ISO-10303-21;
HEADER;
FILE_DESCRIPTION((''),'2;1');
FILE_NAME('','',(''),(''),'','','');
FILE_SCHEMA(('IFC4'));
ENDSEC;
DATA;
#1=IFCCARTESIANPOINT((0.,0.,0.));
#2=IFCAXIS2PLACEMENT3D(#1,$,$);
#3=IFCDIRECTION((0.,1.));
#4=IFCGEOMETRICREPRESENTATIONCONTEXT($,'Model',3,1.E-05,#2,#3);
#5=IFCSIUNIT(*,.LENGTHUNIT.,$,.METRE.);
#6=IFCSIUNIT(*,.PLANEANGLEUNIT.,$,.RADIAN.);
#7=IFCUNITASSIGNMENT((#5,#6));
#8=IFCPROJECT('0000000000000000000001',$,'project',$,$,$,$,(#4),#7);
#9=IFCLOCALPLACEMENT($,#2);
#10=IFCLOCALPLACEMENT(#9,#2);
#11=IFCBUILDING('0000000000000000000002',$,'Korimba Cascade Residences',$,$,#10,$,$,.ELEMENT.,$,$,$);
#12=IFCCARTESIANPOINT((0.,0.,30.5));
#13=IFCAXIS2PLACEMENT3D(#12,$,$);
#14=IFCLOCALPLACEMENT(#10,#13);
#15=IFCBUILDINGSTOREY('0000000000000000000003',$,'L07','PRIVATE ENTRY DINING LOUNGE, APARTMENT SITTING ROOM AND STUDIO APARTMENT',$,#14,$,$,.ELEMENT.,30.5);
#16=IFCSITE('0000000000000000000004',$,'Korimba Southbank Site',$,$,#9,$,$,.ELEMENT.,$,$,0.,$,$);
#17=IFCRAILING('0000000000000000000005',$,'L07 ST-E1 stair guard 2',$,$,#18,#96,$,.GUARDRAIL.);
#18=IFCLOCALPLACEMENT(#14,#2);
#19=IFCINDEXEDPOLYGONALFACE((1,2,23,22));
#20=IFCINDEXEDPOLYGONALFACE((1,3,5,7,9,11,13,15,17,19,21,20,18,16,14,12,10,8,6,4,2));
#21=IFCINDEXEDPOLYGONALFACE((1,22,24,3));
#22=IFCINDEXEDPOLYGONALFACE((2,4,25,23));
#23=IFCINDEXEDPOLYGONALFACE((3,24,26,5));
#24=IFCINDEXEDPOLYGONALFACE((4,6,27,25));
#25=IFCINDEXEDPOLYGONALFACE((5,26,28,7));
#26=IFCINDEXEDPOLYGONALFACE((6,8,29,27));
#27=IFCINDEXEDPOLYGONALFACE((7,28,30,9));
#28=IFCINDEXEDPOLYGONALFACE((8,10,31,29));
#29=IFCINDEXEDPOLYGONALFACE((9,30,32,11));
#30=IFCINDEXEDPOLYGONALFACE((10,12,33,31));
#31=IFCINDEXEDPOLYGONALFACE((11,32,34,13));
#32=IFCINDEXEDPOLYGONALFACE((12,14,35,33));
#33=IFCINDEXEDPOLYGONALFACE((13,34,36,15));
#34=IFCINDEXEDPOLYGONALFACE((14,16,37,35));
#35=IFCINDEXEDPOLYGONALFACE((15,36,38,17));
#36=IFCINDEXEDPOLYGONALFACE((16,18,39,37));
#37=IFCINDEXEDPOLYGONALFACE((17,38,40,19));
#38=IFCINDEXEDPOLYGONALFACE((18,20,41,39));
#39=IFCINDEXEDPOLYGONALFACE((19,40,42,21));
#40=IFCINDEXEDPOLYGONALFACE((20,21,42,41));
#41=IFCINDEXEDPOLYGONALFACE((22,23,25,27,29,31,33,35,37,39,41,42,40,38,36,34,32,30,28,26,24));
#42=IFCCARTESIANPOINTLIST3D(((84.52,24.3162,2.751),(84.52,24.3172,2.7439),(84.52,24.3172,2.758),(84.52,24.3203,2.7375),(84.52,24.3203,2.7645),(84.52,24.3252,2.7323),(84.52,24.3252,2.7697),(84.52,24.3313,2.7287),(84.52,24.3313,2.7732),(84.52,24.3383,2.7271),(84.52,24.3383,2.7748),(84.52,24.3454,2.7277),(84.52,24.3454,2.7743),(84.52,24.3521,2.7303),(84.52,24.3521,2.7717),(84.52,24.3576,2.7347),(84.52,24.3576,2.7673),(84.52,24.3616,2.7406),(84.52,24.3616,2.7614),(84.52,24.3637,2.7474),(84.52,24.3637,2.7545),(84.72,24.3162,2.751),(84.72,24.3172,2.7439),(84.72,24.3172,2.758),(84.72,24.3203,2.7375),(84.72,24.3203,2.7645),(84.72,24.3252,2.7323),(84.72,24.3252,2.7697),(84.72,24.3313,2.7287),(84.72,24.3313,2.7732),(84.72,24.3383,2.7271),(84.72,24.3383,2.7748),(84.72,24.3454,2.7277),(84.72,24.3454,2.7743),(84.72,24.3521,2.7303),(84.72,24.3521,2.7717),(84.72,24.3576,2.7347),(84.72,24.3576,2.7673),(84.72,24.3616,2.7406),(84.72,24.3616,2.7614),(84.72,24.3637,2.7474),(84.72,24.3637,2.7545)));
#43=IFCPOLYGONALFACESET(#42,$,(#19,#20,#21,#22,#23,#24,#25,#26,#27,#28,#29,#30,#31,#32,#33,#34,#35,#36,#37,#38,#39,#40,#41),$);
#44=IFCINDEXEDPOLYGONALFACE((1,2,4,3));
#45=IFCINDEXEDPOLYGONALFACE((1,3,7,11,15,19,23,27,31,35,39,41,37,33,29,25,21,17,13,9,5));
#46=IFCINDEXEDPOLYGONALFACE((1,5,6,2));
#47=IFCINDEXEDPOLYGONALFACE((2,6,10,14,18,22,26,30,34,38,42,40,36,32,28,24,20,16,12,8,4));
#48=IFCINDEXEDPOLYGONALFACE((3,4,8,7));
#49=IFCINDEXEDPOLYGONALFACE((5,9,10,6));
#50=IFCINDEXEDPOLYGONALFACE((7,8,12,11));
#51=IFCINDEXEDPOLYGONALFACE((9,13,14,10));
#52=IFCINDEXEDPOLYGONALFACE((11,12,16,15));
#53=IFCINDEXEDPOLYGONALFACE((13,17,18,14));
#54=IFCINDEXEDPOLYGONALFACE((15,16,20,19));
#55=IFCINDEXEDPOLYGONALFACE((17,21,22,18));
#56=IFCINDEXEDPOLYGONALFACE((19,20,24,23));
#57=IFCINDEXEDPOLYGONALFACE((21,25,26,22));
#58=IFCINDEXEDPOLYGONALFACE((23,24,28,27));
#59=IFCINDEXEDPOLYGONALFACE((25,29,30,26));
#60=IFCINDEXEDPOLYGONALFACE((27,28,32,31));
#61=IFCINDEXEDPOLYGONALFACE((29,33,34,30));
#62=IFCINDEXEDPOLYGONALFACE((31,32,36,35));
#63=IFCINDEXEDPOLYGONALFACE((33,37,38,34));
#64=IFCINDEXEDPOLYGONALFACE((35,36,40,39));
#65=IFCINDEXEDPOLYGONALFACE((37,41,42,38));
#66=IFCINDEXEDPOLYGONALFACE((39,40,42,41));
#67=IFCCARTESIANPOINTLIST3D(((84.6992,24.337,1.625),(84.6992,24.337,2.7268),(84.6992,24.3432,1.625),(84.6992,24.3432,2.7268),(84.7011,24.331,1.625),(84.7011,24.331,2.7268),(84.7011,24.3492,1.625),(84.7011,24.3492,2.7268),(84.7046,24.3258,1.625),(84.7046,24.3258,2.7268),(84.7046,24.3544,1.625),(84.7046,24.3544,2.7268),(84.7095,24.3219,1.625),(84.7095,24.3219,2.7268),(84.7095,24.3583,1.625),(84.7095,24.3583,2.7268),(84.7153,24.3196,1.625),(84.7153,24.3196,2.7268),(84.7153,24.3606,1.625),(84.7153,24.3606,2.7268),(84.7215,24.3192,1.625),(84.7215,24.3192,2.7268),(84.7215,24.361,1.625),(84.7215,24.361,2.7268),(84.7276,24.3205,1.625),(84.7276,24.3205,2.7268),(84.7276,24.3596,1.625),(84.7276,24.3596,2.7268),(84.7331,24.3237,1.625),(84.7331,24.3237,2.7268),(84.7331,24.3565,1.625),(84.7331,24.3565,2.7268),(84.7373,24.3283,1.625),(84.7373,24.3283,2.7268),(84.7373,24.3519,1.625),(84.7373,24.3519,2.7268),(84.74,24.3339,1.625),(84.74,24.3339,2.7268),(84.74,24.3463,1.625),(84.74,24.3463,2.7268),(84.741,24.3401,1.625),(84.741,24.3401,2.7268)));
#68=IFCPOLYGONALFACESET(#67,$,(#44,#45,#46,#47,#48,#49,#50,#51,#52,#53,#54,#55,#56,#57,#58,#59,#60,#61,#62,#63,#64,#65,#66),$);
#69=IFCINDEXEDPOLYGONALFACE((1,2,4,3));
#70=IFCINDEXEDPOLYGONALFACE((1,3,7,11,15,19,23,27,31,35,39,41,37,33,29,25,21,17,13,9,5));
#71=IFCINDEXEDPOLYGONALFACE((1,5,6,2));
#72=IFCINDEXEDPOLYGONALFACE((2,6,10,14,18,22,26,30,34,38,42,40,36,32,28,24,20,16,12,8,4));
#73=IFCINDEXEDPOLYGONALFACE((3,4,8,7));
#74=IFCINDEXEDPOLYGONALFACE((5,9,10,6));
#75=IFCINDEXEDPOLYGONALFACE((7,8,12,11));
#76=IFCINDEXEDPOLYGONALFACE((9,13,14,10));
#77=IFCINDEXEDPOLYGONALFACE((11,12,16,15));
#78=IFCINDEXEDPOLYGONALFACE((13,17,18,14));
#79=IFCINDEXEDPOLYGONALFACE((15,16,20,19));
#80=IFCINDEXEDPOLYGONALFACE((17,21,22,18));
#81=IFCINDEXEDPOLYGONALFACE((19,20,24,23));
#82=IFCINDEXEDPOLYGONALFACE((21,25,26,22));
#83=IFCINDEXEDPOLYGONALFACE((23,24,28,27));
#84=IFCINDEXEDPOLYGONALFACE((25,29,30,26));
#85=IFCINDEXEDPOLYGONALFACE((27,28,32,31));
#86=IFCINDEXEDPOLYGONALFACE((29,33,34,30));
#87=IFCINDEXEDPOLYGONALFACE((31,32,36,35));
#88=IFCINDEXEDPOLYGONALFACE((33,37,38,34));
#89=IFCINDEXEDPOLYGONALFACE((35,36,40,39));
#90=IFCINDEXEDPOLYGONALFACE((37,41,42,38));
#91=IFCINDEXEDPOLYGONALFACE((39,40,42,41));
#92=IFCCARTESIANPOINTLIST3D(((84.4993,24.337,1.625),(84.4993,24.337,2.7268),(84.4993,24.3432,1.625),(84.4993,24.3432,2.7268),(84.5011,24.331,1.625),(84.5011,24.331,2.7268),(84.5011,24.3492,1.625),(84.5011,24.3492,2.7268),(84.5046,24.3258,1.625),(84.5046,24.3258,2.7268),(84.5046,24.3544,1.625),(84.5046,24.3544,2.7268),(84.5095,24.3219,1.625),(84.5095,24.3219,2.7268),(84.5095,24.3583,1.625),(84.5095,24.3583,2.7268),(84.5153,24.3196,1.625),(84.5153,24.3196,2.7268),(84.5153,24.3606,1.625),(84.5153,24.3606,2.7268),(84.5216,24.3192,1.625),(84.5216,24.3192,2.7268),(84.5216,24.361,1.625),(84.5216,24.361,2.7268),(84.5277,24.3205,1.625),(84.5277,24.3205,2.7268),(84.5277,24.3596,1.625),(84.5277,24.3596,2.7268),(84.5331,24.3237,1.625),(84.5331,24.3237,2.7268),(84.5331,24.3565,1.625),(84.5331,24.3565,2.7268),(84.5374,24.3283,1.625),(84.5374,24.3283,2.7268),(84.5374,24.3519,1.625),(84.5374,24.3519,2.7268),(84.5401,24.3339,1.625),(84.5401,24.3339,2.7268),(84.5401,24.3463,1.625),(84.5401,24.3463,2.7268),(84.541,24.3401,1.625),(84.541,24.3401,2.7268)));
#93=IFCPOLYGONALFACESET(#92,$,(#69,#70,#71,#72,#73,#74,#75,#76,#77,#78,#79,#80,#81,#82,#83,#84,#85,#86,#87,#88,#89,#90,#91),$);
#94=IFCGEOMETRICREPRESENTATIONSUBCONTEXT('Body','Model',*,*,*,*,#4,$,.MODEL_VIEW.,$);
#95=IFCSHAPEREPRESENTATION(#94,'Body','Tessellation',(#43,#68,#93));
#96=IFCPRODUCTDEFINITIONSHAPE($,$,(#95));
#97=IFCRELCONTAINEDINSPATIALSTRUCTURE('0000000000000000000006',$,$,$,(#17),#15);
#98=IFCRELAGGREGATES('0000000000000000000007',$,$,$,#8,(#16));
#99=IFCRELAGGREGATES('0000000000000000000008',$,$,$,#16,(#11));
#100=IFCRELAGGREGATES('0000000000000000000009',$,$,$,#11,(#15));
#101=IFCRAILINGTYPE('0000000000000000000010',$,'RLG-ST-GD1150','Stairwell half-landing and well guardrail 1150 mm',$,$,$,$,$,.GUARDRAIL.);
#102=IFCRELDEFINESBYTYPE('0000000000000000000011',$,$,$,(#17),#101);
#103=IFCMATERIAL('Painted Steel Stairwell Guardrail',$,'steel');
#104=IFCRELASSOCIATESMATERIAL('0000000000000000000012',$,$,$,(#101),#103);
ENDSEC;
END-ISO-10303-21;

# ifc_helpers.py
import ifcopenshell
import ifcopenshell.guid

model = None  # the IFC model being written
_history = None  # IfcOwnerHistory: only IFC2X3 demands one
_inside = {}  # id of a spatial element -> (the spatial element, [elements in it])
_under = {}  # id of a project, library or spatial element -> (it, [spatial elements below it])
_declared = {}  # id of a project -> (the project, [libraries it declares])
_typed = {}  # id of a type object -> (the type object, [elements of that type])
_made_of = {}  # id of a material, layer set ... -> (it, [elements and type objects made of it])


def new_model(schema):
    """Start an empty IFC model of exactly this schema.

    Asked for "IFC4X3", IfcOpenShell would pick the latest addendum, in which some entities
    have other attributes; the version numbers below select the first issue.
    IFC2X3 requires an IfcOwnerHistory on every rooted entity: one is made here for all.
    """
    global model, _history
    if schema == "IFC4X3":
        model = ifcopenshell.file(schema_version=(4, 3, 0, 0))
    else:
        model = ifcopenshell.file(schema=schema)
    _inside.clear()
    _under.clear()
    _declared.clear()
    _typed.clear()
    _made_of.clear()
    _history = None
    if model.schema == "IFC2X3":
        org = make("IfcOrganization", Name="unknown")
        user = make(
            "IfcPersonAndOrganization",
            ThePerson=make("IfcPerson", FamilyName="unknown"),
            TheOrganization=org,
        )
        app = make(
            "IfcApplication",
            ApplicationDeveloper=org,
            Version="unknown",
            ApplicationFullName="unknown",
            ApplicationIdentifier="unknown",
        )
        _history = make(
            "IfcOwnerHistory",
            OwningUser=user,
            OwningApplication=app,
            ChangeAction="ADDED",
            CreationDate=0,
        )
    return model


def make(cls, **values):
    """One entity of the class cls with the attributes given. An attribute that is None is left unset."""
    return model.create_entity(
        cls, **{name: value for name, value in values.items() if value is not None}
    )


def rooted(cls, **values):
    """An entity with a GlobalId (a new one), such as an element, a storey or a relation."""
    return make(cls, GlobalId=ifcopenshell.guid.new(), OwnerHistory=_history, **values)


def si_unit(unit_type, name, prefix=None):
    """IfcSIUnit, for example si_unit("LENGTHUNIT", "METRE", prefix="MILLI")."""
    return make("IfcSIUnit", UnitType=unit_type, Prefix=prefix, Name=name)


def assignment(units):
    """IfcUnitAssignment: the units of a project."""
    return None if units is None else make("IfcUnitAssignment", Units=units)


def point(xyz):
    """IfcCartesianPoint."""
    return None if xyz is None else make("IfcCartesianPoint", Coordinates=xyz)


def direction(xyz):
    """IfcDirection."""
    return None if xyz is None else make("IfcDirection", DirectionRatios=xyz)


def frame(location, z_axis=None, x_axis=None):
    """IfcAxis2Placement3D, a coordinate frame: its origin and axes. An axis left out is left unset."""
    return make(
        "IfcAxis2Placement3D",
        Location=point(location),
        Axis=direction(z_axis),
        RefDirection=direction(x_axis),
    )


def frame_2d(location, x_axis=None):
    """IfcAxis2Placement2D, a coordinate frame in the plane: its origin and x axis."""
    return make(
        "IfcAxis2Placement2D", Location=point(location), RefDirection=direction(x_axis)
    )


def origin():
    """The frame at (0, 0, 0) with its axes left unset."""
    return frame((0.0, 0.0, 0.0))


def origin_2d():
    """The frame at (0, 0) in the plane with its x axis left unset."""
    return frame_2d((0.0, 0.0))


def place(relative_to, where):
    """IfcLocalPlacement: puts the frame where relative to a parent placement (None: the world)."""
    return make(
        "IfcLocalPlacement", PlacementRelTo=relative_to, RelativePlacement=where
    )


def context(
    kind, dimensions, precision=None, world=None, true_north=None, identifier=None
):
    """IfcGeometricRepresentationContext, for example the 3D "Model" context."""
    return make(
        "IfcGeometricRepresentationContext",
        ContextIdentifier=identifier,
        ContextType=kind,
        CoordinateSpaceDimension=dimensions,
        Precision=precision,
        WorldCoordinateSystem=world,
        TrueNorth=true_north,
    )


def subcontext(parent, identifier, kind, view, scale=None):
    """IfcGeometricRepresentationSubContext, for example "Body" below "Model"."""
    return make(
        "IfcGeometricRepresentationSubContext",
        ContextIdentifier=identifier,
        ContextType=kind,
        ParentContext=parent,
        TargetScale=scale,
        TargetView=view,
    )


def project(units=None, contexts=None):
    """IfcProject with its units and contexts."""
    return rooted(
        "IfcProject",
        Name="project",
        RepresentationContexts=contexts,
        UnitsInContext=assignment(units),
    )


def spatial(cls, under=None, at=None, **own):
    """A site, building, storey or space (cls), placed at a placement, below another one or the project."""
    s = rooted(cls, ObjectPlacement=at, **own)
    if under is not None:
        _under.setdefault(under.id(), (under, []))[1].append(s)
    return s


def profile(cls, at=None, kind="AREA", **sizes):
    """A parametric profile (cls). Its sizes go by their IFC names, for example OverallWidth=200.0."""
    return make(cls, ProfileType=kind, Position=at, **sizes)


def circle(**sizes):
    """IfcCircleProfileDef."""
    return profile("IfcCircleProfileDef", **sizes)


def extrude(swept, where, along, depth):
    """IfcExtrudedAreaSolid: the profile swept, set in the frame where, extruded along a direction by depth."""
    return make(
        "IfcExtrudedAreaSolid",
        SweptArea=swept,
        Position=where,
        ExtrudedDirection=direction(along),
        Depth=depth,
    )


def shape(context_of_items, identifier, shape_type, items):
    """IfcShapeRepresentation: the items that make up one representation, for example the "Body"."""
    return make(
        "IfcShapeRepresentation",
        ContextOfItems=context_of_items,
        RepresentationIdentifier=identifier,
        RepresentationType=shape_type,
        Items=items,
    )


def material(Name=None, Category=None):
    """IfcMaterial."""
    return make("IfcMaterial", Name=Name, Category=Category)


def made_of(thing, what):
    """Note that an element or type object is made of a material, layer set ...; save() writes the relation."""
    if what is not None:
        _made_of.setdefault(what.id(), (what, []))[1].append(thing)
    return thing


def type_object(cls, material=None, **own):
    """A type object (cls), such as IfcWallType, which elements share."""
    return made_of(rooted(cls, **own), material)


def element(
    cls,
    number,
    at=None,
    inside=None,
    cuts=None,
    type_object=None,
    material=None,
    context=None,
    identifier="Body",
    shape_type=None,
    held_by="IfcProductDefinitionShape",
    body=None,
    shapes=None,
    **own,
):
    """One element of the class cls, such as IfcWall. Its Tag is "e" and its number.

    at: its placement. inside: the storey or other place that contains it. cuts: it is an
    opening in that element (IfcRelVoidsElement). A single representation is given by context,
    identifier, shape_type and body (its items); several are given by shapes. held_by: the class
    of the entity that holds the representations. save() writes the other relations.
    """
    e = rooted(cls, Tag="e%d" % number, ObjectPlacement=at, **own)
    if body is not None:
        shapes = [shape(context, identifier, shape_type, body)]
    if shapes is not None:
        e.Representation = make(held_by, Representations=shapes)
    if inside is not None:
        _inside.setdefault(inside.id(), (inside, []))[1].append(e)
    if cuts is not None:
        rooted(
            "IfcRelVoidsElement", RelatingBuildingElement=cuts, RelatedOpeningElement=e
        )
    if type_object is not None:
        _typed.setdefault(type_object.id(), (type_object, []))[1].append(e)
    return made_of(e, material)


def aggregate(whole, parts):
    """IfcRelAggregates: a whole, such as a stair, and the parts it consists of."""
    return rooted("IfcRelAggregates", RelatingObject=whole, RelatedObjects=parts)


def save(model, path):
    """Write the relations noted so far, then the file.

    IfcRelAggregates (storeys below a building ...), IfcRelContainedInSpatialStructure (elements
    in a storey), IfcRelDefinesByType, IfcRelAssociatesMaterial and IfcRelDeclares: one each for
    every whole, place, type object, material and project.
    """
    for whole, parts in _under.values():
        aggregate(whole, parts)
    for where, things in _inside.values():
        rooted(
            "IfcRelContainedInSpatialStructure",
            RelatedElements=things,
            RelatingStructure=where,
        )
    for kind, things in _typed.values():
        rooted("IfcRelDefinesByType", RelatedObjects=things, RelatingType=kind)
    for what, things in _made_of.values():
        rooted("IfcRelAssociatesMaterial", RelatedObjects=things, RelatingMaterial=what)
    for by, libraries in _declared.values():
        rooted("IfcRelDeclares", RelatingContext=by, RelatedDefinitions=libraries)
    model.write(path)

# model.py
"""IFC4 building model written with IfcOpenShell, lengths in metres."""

from ifc_helpers import new_model, si_unit, direction, frame, origin, origin_2d, place, context, subcontext, project, spatial, circle, extrude, material, type_object, element, save


model = new_model("IFC4")

# Units and contexts
model_context = context("Model", 3, precision=1e-05, world=origin(), true_north=direction((0.0, 1.0)))
body_context = subcontext(model_context, "Body", "Model", "MODEL_VIEW")
ifc_project = project(units=[si_unit("LENGTHUNIT", "METRE"), si_unit("PLANEANGLEUNIT", "RADIAN")], contexts=[model_context])

# Site, building, storey
site_placement = place(None, origin())
site = spatial("IfcSite", under=ifc_project, at=site_placement, Name="Korimba Southbank Site", CompositionType="ELEMENT", RefElevation=0.0)
building_placement = place(site_placement, origin())
building = spatial("IfcBuilding", under=site, at=building_placement, Name="Korimba Cascade Residences", CompositionType="ELEMENT")
storey_placement = place(building_placement, frame((0.0, 0.0, 30.5)))
storey = spatial("IfcBuildingStorey", under=building, at=storey_placement, Name="L07", Description="PRIVATE ENTRY DINING LOUNGE, APARTMENT SITTING ROOM AND STUDIO APARTMENT", CompositionType="ELEMENT", Elevation=30.5)

# Railing
ifc_material_1 = material(Name="Painted Steel Stairwell Guardrail", Category="steel")
railing_type_1 = type_object("IfcRailingType", Name="RLG-ST-GD1150", Description="Stairwell half-landing and well guardrail 1150 mm", PredefinedType="GUARDRAIL", material=ifc_material_1)
railing_1_placement = place(storey_placement, frame((84.72, 24.3401, 1.625)))
element("IfcRailing", 1, at=railing_1_placement, inside=storey, type_object=railing_type_1, Name="L07 ST-E1 stair guard 2", PredefinedType="GUARDRAIL", context=body_context, shape_type="SweptSolid", body=[
    extrude(circle(Radius=0.0239, at=origin_2d()), frame((0.0, 0.0, 1.126), z_axis=(-1.0, 0.0, 0.0), x_axis=(0.0, -1.0, 0.0)), (0.0, 0.0, 1.0), 0.2),
    extrude(circle(Radius=0.021, at=origin_2d()), origin(), (0.0, 0.0, 1.0), 1.1018),
    extrude(circle(Radius=0.021, at=origin_2d()), frame((-0.2, 0.0, 0.0)), (0.0, 0.0, 1.0), 1.1018),
])

save(model, "model.ifc")
